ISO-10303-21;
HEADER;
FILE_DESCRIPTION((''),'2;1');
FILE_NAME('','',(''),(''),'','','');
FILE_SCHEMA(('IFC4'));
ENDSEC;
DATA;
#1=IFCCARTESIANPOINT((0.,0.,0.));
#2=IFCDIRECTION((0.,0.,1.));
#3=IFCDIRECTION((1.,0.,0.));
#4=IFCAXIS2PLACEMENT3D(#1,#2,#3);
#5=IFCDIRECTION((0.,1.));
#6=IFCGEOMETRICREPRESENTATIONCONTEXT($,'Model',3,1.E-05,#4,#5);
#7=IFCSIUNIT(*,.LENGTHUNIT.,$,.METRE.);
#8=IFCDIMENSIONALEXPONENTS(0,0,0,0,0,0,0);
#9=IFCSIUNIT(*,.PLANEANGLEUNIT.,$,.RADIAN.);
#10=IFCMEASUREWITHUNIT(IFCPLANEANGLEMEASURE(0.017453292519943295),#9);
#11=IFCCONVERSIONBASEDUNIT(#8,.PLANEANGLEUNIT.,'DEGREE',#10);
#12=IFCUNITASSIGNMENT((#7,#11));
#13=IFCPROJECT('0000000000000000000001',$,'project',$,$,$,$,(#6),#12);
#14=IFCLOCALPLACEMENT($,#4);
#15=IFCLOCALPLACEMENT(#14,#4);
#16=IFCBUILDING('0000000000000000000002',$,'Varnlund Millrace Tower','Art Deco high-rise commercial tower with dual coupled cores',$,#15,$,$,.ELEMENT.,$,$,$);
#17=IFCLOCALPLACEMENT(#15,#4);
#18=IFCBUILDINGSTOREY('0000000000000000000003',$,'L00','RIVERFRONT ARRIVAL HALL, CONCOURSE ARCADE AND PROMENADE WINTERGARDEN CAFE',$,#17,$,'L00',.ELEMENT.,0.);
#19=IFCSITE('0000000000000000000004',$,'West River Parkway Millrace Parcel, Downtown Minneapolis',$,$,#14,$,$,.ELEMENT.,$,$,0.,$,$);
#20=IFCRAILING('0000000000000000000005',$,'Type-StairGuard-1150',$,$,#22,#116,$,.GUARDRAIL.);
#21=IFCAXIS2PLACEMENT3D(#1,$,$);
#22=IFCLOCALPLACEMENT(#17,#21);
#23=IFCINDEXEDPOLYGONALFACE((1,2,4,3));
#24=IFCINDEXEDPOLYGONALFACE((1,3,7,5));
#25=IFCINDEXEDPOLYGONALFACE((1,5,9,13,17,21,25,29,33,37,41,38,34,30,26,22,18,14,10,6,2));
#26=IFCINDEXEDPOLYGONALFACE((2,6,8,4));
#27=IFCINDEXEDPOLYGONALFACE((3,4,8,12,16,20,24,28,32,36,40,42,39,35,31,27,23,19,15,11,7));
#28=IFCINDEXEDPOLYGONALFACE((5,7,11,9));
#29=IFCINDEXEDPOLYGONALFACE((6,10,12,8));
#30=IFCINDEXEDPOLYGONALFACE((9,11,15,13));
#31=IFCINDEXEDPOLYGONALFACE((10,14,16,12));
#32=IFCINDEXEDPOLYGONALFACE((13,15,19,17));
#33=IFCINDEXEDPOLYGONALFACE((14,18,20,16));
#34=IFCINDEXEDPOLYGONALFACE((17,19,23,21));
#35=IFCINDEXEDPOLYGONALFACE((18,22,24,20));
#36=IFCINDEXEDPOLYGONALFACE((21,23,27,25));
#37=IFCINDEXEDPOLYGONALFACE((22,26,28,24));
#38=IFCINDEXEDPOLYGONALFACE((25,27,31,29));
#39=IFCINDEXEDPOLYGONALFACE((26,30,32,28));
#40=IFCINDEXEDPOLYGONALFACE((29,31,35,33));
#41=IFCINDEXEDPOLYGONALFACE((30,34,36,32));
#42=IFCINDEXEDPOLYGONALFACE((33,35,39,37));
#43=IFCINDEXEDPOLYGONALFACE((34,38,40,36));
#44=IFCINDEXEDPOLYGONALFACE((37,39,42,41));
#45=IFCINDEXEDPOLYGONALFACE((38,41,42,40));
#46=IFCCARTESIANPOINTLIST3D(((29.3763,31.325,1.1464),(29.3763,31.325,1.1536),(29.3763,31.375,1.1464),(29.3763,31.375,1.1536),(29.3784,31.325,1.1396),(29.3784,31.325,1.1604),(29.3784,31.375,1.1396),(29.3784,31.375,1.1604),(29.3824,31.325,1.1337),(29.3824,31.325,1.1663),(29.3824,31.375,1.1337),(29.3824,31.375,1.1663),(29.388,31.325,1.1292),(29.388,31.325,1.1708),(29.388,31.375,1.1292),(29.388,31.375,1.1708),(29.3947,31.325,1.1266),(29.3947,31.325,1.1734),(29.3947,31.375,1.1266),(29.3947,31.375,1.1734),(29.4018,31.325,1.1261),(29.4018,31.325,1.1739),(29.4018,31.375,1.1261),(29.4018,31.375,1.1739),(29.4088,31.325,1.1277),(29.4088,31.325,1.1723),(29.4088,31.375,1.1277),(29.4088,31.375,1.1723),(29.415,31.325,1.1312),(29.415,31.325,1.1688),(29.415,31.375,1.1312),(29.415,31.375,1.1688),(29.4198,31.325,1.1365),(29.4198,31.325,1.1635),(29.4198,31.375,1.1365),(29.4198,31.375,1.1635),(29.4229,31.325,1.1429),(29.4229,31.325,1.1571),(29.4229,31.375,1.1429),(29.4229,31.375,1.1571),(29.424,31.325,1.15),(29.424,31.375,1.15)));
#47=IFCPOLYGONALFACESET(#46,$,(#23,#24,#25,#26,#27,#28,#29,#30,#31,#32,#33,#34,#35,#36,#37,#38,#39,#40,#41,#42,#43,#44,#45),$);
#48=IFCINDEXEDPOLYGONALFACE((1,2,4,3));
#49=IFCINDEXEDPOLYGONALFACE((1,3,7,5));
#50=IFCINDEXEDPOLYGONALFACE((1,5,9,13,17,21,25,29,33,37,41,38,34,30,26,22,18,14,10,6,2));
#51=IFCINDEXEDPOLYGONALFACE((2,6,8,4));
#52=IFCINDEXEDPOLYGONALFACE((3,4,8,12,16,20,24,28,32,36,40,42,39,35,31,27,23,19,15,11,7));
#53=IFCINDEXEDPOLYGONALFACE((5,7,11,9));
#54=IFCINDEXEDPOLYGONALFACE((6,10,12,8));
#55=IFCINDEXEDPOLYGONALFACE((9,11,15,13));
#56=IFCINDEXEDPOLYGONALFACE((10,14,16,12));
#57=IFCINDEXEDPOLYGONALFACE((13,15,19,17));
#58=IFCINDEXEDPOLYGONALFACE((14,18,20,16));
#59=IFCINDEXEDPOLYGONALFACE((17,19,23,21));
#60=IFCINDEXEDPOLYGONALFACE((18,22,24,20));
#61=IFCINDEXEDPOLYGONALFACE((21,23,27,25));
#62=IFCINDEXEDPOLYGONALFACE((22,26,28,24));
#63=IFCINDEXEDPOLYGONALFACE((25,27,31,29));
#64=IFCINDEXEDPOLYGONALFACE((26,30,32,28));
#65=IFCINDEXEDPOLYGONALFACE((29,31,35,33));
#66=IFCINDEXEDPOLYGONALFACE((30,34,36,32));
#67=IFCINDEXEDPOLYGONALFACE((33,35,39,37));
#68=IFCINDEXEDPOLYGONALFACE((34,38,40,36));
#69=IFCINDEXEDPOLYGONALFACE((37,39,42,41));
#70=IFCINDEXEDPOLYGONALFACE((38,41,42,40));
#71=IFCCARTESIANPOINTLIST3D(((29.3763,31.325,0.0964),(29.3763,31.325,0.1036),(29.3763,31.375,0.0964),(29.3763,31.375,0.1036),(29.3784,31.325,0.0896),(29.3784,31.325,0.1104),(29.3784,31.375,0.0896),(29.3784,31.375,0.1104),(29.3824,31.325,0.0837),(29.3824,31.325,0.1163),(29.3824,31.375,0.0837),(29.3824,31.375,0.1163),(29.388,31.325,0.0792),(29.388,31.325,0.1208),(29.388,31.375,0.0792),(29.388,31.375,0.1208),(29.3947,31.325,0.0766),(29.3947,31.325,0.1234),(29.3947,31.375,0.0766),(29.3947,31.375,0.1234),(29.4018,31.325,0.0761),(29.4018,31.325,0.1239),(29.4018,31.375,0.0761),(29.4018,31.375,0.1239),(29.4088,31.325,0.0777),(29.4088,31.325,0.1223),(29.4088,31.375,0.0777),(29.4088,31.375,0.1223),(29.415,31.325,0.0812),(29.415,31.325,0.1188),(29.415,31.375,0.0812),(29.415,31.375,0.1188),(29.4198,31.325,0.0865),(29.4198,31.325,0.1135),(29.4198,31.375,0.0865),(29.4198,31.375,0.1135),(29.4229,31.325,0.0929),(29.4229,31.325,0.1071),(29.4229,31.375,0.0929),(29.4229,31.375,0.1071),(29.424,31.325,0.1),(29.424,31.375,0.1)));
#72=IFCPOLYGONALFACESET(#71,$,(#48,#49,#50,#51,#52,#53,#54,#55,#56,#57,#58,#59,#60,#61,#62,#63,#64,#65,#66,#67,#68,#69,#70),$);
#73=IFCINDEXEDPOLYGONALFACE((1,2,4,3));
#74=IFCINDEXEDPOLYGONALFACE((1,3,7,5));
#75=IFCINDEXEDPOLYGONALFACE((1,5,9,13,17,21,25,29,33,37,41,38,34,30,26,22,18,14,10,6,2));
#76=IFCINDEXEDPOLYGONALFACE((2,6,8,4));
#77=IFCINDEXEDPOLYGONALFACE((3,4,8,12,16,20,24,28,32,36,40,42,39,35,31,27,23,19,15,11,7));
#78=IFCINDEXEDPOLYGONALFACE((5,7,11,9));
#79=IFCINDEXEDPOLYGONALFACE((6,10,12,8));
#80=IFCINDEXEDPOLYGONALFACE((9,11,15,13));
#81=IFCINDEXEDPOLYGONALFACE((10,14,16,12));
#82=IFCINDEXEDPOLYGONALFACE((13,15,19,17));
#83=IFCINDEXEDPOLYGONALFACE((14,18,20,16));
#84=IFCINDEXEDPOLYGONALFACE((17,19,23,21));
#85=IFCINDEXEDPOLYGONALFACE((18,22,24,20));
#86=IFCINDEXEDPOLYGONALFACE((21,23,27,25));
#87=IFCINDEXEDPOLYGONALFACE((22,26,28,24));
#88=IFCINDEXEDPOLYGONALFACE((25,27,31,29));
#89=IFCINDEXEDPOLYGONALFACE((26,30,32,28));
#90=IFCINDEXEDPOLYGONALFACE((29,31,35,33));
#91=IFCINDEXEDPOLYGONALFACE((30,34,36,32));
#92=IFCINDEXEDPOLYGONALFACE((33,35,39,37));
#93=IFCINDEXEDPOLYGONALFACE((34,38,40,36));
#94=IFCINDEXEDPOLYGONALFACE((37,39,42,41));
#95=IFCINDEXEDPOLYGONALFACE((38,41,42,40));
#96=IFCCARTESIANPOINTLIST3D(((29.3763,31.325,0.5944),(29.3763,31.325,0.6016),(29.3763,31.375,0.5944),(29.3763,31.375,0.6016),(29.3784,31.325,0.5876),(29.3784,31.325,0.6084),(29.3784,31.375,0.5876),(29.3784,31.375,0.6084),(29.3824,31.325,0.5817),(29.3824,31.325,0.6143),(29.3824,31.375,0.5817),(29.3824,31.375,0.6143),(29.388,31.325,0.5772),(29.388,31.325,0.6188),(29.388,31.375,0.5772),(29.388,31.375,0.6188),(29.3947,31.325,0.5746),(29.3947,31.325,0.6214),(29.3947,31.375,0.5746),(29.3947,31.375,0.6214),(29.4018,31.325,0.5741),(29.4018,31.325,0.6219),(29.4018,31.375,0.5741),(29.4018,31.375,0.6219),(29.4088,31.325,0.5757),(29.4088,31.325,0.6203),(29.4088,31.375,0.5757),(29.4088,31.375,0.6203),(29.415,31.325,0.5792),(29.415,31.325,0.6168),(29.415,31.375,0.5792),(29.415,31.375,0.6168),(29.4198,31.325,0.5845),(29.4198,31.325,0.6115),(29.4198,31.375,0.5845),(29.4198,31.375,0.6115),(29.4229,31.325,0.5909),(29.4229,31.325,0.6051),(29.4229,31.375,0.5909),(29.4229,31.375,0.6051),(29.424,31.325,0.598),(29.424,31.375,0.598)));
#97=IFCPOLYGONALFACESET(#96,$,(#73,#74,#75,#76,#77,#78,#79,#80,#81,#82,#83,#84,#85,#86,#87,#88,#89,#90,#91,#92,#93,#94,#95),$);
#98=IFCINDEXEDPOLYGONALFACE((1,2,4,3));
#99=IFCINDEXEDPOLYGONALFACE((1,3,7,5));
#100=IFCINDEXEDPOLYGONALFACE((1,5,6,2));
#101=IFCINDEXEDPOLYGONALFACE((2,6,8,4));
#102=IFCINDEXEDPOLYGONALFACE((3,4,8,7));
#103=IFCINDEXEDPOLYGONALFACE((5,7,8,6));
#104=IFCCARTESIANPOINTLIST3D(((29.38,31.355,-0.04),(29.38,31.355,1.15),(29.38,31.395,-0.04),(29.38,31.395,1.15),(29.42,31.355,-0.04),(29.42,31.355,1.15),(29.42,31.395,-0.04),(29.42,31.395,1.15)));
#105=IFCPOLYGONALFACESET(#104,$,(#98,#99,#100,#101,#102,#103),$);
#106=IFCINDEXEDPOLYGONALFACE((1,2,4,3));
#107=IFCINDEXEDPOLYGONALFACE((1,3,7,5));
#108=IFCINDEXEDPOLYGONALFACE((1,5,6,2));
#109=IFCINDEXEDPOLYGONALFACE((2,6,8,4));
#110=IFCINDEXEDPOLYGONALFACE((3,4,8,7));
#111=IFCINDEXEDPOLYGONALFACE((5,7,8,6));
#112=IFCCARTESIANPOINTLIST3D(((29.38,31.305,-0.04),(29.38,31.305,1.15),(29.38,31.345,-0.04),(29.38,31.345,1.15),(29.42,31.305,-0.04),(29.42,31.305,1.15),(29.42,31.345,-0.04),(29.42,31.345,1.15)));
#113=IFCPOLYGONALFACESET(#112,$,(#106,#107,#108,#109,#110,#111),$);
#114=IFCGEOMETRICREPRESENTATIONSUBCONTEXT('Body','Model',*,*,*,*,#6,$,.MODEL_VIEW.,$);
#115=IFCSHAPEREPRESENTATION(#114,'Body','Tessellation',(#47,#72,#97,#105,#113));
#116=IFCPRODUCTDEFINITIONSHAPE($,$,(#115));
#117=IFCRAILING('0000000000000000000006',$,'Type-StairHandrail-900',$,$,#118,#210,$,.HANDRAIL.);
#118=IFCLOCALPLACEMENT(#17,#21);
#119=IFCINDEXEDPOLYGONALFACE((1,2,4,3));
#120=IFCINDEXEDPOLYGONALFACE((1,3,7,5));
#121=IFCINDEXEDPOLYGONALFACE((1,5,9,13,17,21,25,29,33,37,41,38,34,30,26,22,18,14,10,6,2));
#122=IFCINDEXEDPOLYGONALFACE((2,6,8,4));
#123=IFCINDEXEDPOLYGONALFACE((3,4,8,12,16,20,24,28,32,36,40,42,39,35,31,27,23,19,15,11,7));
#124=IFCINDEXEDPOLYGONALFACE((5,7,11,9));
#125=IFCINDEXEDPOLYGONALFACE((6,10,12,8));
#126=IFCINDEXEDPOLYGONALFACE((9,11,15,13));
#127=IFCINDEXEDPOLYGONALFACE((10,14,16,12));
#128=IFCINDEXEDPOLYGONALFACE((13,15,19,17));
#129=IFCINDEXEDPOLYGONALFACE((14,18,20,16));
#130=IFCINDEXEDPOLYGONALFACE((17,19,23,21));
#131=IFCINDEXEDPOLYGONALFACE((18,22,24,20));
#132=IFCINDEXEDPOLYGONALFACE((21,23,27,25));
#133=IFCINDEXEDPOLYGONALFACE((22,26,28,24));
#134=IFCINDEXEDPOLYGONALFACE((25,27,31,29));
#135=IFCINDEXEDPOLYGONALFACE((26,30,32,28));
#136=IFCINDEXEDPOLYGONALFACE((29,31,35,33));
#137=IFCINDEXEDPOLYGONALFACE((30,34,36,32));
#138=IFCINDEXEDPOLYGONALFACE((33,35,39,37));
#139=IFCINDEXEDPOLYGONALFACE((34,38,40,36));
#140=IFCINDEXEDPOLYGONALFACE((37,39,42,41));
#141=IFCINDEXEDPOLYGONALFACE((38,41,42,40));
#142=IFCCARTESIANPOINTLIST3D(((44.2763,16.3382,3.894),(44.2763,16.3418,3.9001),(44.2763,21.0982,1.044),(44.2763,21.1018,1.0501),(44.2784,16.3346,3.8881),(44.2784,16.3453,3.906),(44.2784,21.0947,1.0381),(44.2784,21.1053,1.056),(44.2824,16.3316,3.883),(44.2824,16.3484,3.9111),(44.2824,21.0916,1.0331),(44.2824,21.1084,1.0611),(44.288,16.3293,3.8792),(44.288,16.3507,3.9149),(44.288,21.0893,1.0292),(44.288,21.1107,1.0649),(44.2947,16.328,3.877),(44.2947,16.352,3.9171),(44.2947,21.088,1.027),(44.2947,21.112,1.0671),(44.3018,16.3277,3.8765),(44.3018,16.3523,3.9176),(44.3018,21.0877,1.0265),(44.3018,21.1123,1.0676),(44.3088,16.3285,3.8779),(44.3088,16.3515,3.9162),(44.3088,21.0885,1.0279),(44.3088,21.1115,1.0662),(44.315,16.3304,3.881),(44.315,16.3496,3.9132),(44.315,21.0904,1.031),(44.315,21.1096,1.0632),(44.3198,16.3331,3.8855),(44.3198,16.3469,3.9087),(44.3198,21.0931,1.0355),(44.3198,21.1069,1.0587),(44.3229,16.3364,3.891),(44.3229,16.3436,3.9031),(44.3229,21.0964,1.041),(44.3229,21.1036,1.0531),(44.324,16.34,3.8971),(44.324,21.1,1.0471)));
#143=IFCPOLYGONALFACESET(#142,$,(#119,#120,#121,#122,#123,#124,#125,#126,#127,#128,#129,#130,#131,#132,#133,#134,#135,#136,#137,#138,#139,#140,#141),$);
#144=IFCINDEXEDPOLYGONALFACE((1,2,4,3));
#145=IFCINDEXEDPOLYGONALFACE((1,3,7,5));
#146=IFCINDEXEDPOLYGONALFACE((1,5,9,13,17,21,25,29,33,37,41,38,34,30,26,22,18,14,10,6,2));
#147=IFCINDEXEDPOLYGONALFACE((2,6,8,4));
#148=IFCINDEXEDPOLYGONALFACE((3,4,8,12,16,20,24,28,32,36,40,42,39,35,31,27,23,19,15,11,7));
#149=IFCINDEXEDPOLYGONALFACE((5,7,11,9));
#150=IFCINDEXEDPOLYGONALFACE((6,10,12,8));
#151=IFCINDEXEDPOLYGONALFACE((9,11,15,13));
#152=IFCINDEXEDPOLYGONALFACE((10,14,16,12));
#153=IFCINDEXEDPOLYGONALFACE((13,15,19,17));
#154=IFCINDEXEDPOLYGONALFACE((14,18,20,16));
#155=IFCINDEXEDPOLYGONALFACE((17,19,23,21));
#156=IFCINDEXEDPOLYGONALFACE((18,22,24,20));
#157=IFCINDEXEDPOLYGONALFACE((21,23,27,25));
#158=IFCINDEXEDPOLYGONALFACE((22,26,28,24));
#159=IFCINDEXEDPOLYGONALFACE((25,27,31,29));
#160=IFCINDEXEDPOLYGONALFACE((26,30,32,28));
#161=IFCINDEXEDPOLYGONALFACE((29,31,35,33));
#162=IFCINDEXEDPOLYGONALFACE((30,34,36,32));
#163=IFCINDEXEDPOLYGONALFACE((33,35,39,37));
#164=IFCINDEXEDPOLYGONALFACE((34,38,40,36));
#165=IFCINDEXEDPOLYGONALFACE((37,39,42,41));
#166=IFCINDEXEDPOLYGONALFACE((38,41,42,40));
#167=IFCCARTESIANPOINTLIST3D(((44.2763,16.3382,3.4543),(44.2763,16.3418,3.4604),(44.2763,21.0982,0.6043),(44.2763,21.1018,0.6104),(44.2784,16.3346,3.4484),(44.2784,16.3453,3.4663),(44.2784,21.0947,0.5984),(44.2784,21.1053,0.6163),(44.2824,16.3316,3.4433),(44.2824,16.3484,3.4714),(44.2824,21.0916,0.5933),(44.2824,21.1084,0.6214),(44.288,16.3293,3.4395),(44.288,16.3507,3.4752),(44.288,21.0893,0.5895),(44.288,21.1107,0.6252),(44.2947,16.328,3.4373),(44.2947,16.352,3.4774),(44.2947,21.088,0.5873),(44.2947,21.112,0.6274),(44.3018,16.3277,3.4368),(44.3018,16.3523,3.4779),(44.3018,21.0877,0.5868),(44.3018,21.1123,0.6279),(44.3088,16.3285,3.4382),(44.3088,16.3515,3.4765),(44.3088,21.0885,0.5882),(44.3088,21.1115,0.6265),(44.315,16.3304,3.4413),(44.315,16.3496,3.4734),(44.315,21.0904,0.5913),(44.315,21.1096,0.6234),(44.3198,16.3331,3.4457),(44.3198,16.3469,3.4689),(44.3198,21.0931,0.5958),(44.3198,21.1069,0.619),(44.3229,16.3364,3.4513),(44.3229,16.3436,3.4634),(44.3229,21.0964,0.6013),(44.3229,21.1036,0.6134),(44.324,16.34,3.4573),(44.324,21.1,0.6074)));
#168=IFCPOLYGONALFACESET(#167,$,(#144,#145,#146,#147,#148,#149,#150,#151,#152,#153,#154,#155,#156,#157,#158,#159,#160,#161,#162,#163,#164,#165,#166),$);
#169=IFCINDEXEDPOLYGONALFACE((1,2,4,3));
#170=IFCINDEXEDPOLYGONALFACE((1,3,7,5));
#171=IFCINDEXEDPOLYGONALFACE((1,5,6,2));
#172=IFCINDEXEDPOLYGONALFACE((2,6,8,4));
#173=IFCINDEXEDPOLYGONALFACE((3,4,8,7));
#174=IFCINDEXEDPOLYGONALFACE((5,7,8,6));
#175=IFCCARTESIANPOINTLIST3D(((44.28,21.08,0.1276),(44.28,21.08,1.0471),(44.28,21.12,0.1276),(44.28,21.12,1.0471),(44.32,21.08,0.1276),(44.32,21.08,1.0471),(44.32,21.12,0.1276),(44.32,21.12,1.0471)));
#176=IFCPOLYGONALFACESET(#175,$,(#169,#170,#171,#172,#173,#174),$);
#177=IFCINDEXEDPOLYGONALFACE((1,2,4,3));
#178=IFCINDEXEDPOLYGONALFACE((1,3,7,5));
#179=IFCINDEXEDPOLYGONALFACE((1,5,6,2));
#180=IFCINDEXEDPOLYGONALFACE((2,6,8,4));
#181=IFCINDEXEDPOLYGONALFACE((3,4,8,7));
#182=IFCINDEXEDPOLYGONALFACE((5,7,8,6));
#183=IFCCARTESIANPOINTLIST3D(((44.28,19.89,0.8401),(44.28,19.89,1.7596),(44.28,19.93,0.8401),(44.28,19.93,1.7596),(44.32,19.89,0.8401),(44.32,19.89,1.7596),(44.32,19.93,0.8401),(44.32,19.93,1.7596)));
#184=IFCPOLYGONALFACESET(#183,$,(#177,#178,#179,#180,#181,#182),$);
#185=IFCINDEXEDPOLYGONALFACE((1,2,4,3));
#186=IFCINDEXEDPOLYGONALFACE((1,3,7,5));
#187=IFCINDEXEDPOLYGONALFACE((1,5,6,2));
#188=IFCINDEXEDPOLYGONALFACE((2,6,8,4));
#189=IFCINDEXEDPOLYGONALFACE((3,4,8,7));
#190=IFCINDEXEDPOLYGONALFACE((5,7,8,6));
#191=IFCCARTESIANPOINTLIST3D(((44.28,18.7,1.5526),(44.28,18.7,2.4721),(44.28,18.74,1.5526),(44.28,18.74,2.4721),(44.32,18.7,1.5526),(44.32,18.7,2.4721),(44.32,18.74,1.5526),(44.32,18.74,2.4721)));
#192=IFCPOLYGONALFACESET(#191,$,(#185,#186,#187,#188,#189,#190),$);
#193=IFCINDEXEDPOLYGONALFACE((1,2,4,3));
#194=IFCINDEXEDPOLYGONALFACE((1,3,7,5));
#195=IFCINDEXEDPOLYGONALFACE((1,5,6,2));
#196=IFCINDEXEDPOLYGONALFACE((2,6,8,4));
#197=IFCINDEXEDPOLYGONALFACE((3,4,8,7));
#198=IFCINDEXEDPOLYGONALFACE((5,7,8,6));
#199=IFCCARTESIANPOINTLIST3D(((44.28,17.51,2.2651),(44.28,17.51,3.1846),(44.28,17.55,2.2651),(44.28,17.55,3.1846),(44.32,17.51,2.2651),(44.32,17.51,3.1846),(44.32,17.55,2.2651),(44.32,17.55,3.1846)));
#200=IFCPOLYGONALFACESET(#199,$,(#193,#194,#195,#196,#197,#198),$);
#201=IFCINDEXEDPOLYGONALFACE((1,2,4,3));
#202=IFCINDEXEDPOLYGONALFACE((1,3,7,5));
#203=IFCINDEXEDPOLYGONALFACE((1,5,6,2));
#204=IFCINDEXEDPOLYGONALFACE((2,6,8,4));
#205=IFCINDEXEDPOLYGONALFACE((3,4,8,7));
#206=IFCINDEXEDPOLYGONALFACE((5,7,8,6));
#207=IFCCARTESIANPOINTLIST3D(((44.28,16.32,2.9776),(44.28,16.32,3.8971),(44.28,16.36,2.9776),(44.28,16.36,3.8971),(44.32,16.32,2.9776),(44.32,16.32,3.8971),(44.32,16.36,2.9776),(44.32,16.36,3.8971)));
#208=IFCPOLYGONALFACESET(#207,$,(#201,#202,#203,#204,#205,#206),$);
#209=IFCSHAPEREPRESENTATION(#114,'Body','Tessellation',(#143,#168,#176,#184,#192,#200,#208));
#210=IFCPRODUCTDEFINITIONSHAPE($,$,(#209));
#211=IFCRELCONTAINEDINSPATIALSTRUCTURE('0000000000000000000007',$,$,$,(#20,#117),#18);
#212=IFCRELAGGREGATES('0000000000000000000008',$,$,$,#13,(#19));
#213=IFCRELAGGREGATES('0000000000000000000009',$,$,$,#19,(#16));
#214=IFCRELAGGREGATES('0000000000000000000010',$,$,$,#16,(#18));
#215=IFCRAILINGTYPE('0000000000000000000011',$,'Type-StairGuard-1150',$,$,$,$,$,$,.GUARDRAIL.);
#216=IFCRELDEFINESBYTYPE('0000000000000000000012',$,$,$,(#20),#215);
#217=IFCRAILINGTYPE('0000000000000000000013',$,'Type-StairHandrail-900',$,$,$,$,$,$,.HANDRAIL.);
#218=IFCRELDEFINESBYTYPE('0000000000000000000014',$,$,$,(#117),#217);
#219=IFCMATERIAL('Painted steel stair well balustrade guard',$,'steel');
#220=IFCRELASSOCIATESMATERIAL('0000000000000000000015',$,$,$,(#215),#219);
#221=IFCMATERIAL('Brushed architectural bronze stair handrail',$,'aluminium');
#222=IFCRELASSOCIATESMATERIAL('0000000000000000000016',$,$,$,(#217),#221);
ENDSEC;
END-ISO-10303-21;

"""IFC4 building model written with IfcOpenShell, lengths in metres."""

from ifc_helpers import new_model, entity, si_unit, converted_unit, direction, frame, origin_with_axes, origin_2d_with_axis, place, context, subcontext, project, spatial, rectangle, circle, extrude, material, type_object, element, save


model = new_model("IFC4")

# Units and contexts
model_context = context("Model", 3, precision=1e-05, world=origin_with_axes(), true_north=direction((0.0, 1.0)))
body_context = subcontext(model_context, "Body", "Model", "MODEL_VIEW")
ifc_project = project(units=[si_unit("LENGTHUNIT", "METRE"), converted_unit("PLANEANGLEUNIT", "DEGREE", entity("IfcPlaneAngleMeasure", 0.017453292519943295), si_unit("PLANEANGLEUNIT", "RADIAN"), dimensions=[0, 0, 0, 0, 0, 0, 0])], contexts=[model_context])

# Site, building, storey
site_placement = place(None, origin_with_axes())
site = spatial("IfcSite", under=ifc_project, at=site_placement, Name="West River Parkway Millrace Parcel, Downtown Minneapolis", CompositionType="ELEMENT", RefElevation=0.0)
building_placement = place(site_placement, origin_with_axes())
building = spatial("IfcBuilding", under=site, at=building_placement, Name="Varnlund Millrace Tower", Description="Art Deco high-rise commercial tower with dual coupled cores", CompositionType="ELEMENT")
storey_placement = place(building_placement, origin_with_axes())
storey = spatial("IfcBuildingStorey", under=building, at=storey_placement, Name="L00", Description="RIVERFRONT ARRIVAL HALL, CONCOURSE ARCADE AND PROMENADE WINTERGARDEN CAFE", LongName="L00", CompositionType="ELEMENT", Elevation=0.0)

# Railings
ifc_material_1 = material(Name="Painted steel stair well balustrade guard", Category="steel")
railing_type_1 = type_object("IfcRailingType", Name="Type-StairGuard-1150", PredefinedType="GUARDRAIL", material=ifc_material_1)
railing_1_placement = place(storey_placement, origin_with_axes())
element("IfcRailing", 1, at=railing_1_placement, inside=storey, type_object=railing_type_1, Name="Type-StairGuard-1150", PredefinedType="GUARDRAIL", context=body_context, shape_type="SweptSolid", body=[
    extrude(circle(Radius=0.024, at=origin_2d_with_axis()), frame((29.4, 31.375, 1.15), z_axis=(0.0, -1.0, 0.0), x_axis=(1.0, 0.0, 0.0)), (0.0, 0.0, 1.0), 0.05),
    extrude(circle(Radius=0.024, at=origin_2d_with_axis()), frame((29.4, 31.375, 0.1), z_axis=(0.0, -1.0, 0.0), x_axis=(1.0, 0.0, 0.0)), (0.0, 0.0, 1.0), 0.05),
    extrude(circle(Radius=0.024, at=origin_2d_with_axis()), frame((29.4, 31.375, 0.598), z_axis=(0.0, -1.0, 0.0), x_axis=(1.0, 0.0, 0.0)), (0.0, 0.0, 1.0), 0.05),
    extrude(rectangle(XDim=0.04, YDim=0.04, at=origin_2d_with_axis()), frame((29.4, 31.375, -0.04), z_axis=(0.0, 0.0, 1.0), x_axis=(1.0, 0.0, 0.0)), (0.0, 0.0, 1.0), 1.19),
    extrude(rectangle(XDim=0.04, YDim=0.04, at=origin_2d_with_axis()), frame((29.4, 31.325, -0.04), z_axis=(0.0, 0.0, 1.0), x_axis=(1.0, 0.0, 0.0)), (0.0, 0.0, 1.0), 1.19),
])
ifc_material_2 = material(Name="Brushed architectural bronze stair handrail", Category="aluminium")
railing_type_2 = type_object("IfcRailingType", Name="Type-StairHandrail-900", PredefinedType="HANDRAIL", material=ifc_material_2)
railing_2_placement = place(storey_placement, origin_with_axes())
element("IfcRailing", 2, at=railing_2_placement, inside=storey, type_object=railing_type_2, Name="Type-StairHandrail-900", PredefinedType="HANDRAIL", context=body_context, shape_type="SweptSolid", body=[
    extrude(circle(Radius=0.024, at=origin_2d_with_axis()), frame((44.3, 21.1, 1.0471), z_axis=(0.0, -0.85797, 0.5137), x_axis=(1.0, 0.0, 0.0)), (0.0, 0.0, 1.0), 5.548),
    extrude(circle(Radius=0.024, at=origin_2d_with_axis()), frame((44.3, 21.1, 0.6074), z_axis=(0.0, -0.85797, 0.5137), x_axis=(1.0, 0.0, 0.0)), (0.0, 0.0, 1.0), 5.548),
    extrude(rectangle(XDim=0.04, YDim=0.04, at=origin_2d_with_axis()), frame((44.3, 21.1, 0.1276), z_axis=(0.0, 0.0, 1.0), x_axis=(1.0, 0.0, 0.0)), (0.0, 0.0, 1.0), 0.9194),
    extrude(rectangle(XDim=0.04, YDim=0.04, at=origin_2d_with_axis()), frame((44.3, 19.91, 0.8401), z_axis=(0.0, 0.0, 1.0), x_axis=(1.0, 0.0, 0.0)), (0.0, 0.0, 1.0), 0.9194),
    extrude(rectangle(XDim=0.04, YDim=0.04, at=origin_2d_with_axis()), frame((44.3, 18.72, 1.5526), z_axis=(0.0, 0.0, 1.0), x_axis=(1.0, 0.0, 0.0)), (0.0, 0.0, 1.0), 0.9194),
    extrude(rectangle(XDim=0.04, YDim=0.04, at=origin_2d_with_axis()), frame((44.3, 17.53, 2.2651), z_axis=(0.0, 0.0, 1.0), x_axis=(1.0, 0.0, 0.0)), (0.0, 0.0, 1.0), 0.9194),
    extrude(rectangle(XDim=0.04, YDim=0.04, at=origin_2d_with_axis()), frame((44.3, 16.34, 2.9776), z_axis=(0.0, 0.0, 1.0), x_axis=(1.0, 0.0, 0.0)), (0.0, 0.0, 1.0), 0.9194),
])

save(model, "model.ifc")
